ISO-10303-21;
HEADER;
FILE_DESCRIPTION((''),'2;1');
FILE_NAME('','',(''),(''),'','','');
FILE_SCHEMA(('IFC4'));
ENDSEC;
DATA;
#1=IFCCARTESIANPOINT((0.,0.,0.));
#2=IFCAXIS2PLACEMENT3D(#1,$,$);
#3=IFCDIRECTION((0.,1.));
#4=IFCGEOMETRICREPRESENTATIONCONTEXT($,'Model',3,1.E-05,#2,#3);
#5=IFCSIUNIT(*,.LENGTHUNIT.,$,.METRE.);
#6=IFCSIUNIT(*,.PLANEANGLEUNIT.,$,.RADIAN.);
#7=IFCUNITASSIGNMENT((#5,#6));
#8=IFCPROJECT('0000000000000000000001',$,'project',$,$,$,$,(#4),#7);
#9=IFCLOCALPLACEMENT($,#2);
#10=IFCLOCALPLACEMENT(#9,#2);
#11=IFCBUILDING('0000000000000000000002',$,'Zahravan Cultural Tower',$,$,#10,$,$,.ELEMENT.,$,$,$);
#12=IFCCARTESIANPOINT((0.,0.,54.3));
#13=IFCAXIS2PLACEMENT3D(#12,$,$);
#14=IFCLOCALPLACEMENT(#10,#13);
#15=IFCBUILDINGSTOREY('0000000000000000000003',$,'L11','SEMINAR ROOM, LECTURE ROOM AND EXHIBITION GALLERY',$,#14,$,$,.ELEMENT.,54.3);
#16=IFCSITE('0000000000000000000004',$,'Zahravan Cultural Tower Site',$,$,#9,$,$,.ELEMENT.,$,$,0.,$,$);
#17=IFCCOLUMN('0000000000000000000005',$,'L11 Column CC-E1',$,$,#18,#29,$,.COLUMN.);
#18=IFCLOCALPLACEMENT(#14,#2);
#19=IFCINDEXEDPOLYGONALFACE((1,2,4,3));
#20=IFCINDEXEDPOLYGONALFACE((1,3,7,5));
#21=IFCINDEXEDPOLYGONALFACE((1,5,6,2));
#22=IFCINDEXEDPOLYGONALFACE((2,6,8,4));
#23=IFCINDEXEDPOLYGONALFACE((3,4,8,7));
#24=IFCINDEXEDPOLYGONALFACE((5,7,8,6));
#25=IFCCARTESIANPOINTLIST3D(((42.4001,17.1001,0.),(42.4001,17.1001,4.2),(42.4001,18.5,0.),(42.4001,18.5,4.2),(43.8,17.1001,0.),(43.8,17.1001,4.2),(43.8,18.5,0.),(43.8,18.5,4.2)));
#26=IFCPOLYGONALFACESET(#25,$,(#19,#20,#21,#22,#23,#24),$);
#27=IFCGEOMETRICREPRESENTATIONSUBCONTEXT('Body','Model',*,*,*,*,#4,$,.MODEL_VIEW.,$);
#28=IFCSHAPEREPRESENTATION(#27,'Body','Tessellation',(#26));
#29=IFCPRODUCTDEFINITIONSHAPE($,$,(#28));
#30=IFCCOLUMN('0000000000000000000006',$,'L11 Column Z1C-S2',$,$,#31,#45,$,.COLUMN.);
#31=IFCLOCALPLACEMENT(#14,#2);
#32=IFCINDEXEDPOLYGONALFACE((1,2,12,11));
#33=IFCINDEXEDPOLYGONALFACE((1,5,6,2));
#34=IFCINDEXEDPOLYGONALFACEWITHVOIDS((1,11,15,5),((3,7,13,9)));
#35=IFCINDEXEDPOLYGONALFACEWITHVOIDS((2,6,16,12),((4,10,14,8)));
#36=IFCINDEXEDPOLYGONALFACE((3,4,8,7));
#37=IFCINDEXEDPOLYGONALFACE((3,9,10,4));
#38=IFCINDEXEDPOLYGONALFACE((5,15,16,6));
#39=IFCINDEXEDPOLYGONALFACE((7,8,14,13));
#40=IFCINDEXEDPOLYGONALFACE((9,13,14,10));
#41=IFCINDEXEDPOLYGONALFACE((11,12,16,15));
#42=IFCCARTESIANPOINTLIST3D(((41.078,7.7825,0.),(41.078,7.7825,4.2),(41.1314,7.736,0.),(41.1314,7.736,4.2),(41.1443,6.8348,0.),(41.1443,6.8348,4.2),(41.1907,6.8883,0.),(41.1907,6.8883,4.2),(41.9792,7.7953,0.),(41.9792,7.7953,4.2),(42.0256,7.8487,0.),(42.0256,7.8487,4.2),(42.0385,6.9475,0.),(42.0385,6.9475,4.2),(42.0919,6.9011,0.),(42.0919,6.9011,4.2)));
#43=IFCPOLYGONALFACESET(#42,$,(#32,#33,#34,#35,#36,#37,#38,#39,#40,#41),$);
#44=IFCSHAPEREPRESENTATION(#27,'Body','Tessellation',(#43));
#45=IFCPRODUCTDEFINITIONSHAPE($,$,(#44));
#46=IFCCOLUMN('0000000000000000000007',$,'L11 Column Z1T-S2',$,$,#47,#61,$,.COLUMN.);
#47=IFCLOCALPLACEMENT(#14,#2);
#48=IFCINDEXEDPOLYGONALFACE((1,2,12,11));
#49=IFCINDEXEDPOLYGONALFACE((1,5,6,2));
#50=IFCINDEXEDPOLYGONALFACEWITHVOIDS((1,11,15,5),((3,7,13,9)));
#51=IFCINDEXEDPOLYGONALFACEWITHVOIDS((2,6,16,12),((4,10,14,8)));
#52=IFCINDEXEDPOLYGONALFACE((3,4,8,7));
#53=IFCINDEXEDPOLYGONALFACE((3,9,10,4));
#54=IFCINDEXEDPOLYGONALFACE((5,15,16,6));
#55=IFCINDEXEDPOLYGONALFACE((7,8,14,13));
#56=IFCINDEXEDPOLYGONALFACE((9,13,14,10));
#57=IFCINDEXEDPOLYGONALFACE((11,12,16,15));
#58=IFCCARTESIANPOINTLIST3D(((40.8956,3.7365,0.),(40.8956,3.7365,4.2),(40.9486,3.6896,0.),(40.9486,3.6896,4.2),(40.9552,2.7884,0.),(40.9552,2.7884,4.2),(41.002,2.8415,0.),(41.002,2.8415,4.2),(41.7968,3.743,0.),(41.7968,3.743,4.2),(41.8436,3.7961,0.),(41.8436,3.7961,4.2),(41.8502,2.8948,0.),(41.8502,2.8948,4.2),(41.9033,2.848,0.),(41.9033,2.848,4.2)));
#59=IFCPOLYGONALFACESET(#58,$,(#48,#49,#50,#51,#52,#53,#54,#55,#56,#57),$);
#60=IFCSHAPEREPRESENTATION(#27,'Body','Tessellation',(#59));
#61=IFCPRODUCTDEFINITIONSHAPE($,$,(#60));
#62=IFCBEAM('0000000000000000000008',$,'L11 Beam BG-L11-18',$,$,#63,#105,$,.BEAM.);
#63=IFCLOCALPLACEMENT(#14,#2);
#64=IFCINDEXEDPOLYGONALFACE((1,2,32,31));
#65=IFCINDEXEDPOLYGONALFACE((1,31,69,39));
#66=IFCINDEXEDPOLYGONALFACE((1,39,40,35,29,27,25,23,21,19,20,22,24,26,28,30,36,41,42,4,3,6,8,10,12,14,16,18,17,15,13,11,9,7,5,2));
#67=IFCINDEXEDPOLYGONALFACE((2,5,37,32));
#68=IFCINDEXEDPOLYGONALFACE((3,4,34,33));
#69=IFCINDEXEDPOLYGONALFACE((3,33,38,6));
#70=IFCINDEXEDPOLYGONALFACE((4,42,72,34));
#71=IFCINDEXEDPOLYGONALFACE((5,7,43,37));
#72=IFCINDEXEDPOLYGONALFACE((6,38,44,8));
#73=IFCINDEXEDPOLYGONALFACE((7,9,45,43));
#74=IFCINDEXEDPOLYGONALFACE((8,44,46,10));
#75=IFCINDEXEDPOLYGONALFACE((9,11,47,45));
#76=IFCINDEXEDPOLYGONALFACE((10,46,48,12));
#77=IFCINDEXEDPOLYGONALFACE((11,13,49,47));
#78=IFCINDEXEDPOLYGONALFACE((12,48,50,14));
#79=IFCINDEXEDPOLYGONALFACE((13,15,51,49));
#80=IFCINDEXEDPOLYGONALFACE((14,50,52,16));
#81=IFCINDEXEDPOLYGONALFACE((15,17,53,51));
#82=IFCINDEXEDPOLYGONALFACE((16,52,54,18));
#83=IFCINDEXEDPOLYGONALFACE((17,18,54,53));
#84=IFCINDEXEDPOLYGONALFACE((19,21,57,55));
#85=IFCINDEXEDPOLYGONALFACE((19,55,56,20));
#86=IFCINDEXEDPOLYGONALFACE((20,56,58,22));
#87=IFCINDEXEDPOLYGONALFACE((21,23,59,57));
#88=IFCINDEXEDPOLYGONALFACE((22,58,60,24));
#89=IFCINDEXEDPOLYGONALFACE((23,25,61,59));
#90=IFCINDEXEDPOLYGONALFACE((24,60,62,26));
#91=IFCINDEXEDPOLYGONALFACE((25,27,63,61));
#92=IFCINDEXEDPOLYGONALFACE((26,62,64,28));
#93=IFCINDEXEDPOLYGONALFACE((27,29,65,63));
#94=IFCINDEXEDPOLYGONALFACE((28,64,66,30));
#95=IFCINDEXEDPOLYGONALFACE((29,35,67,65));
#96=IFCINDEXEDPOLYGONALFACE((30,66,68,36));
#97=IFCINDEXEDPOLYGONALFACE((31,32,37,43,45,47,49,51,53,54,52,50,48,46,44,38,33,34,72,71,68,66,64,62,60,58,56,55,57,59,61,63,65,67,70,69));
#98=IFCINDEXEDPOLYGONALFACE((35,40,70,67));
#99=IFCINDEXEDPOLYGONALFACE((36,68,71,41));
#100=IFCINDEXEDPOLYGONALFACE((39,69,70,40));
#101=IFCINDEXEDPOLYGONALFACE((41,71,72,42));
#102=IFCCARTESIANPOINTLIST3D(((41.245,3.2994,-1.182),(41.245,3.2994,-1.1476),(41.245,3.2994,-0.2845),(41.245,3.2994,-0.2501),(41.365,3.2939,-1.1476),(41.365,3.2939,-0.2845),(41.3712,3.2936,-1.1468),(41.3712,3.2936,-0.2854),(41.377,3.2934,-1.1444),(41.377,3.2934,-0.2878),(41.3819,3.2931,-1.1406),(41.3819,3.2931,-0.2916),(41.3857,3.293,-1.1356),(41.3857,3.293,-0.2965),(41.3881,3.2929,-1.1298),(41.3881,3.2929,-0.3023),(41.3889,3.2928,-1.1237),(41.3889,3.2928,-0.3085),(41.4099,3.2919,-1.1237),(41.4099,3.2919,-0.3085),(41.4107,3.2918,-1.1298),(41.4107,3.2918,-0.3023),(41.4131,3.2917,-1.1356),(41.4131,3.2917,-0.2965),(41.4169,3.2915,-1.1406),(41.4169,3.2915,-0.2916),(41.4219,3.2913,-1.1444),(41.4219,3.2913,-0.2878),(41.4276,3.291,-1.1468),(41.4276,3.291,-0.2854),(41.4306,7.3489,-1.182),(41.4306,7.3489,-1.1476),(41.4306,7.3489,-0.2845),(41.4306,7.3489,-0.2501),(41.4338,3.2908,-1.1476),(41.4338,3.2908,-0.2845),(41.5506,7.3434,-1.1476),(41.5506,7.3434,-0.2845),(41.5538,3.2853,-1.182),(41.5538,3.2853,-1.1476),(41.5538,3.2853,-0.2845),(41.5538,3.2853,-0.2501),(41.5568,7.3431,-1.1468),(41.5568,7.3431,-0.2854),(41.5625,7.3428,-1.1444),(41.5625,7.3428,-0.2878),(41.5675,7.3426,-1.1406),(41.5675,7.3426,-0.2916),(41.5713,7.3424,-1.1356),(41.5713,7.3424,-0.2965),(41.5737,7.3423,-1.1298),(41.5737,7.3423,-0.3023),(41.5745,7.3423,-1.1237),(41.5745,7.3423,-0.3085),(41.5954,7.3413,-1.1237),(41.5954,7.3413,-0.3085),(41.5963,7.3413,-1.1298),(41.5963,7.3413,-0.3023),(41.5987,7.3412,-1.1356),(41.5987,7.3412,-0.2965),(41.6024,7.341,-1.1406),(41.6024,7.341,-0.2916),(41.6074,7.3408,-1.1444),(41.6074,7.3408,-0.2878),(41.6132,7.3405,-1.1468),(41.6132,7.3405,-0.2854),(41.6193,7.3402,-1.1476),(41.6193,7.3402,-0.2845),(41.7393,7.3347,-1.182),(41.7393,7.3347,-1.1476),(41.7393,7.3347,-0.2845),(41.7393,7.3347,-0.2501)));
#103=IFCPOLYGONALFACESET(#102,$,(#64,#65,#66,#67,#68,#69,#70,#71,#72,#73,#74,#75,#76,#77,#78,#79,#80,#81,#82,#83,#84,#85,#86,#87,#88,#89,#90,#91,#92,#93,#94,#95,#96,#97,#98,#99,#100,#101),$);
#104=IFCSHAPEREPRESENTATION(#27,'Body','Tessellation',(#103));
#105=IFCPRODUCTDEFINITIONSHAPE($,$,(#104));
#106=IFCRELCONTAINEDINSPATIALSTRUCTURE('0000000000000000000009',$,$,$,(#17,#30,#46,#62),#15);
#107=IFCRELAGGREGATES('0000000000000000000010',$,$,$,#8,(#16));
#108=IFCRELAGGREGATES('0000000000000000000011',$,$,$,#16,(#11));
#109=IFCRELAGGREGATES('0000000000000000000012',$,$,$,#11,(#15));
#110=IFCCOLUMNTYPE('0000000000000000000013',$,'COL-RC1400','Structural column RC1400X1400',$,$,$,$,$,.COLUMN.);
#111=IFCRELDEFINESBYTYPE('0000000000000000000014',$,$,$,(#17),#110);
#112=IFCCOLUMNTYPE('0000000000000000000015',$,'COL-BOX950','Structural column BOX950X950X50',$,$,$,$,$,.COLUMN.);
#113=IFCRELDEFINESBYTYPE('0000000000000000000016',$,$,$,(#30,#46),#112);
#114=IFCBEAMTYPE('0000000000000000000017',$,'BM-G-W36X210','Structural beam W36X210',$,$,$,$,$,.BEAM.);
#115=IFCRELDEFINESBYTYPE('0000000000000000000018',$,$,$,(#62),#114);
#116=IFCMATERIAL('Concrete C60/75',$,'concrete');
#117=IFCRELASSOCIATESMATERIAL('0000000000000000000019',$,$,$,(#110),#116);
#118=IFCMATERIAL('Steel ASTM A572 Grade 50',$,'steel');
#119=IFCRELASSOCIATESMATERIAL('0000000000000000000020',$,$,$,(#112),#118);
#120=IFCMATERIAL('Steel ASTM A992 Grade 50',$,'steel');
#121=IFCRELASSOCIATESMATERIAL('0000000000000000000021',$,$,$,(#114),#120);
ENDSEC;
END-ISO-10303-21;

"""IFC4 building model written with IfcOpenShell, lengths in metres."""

from ifc_helpers import new_model, si_unit, direction, frame, origin, origin_2d, place, context, subcontext, project, spatial, rectangle, hollow_rectangle, i_section, extrude, source, transform, mapped, material, material_profile, profile_set, type_object, element, save


model = new_model("IFC4")

# Units and contexts
model_context = context("Model", 3, precision=1e-05, world=origin(), true_north=direction((0.0, 1.0)))
body_context = subcontext(model_context, "Body", "Model", "MODEL_VIEW")
ifc_project = project(units=[si_unit("LENGTHUNIT", "METRE"), si_unit("PLANEANGLEUNIT", "RADIAN")], contexts=[model_context])

# Site, building, storey
site_placement = place(None, origin())
site = spatial("IfcSite", under=ifc_project, at=site_placement, Name="Zahravan Cultural Tower Site", CompositionType="ELEMENT", RefElevation=0.0)
building_placement = place(site_placement, origin())
building = spatial("IfcBuilding", under=site, at=building_placement, Name="Zahravan Cultural Tower", CompositionType="ELEMENT")
storey_placement = place(building_placement, frame((0.0, 0.0, 54.3)))
storey = spatial("IfcBuildingStorey", under=building, at=storey_placement, Name="L11", Description="SEMINAR ROOM, LECTURE ROOM AND EXHIBITION GALLERY", CompositionType="ELEMENT", Elevation=54.3)

# Columns
ifc_material_1 = material(Name="Concrete C60/75", Category="concrete")
ifc_material_profile_1 = material_profile(ifc_material_1, rectangle(XDim=1.3999, YDim=1.3999, at=origin_2d()), Name="RC1400X1400")
ifc_profile_set_1 = profile_set([ifc_material_profile_1], Name="Concrete C60/75")
column_type_1 = type_object("IfcColumnType", Name="COL-RC1400", Description="Structural column RC1400X1400", PredefinedType="COLUMN", material=ifc_profile_set_1)
shared_shape_1 = source(origin(), body_context, "Body", "SweptSolid", [
    extrude(rectangle(XDim=1.3999, YDim=1.3999, at=origin_2d()), origin(), (0.0, 0.0, 1.0), 4.2),
])
column_placement = place(storey_placement, frame((43.1001, 17.8, 0.0), z_axis=(0.0, 0.0, 1.0), x_axis=(1.0, 0.0, 0.0)))
element("IfcColumn", 1, at=column_placement, inside=storey, type_object=column_type_1, Name="L11 Column CC-E1", PredefinedType="COLUMN", context=body_context, shape_type="MappedRepresentation", body=[
    mapped(shared_shape_1, transform((0.0, 0.0, 0.0), x_axis=(1.0, 0.0, 0.0), y_axis=(0.0, 1.0, 0.0), z_axis=(0.0, 0.0, 1.0), scale=1.0)),
])
ifc_material_2 = material(Name="Steel ASTM A572 Grade 50", Category="steel")
ifc_material_profile_2 = material_profile(ifc_material_2, hollow_rectangle(XDim=0.95, YDim=0.95, WallThickness=0.05, at=origin_2d()), Name="BOX950X950X50")
ifc_profile_set_2 = profile_set([ifc_material_profile_2], Name="Steel ASTM A572 Grade 50")
column_type_2 = type_object("IfcColumnType", Name="COL-BOX950", Description="Structural column BOX950X950X50", PredefinedType="COLUMN", material=ifc_profile_set_2)
shared_shape_2 = source(origin(), body_context, "Body", "SweptSolid", [
    extrude(hollow_rectangle(XDim=0.95, YDim=0.95, WallThickness=0.05, at=origin_2d()), origin(), (0.0, 0.0, 1.0), 4.2),
])
for number, where, z_axis, x_axis, name in (
    (2, (41.585, 7.3418, 0.0), (0.0, 0.0, 1.0), (-0.069756, 0.997564, 0.0), "L11 Column Z1C-S2"),
    (3, (41.3994, 3.2922, 0.0), (0.0, 0.0, 1.0), (-0.062791, 0.998027, 0.0), "L11 Column Z1T-S2"),
):
    element("IfcColumn", number, at=place(storey_placement, frame(where, z_axis=z_axis, x_axis=x_axis)), inside=storey, type_object=column_type_2, Name=name, PredefinedType="COLUMN", context=body_context, shape_type="MappedRepresentation", body=[
        mapped(shared_shape_2, transform((0.0, 0.0, 0.0), x_axis=(1.0, 0.0, 0.0), y_axis=(0.0, 1.0, 0.0), z_axis=(0.0, 0.0, 1.0), scale=1.0)),
    ])

# Beam
ifc_material_3 = material(Name="Steel ASTM A992 Grade 50", Category="steel")
ifc_material_profile_3 = material_profile(ifc_material_3, i_section(OverallWidth=0.3091, OverallDepth=0.9319, WebThickness=0.021, FlangeThickness=0.0344, FilletRadius=0.0239, at=origin_2d()), Name="W36X210")
ifc_profile_set_3 = profile_set([ifc_material_profile_3], Name="Steel ASTM A992 Grade 50")
beam_type = type_object("IfcBeamType", Name="BM-G-W36X210", Description="Structural beam W36X210", PredefinedType="BEAM", material=ifc_profile_set_3)
shared_shape_3 = source(origin(), body_context, "Body", "SweptSolid", [
    extrude(i_section(OverallWidth=0.3091, OverallDepth=0.9319, WebThickness=0.021, FlangeThickness=0.0344, FilletRadius=0.0239, at=origin_2d()), origin(), (0.0, 0.0, 1.0), 4.0537),
])
beam_placement = place(storey_placement, frame((41.585, 7.3418, -0.7161), z_axis=(-0.045771, -0.998952, 0.0), x_axis=(0.998952, -0.045771, 0.0)))
element("IfcBeam", 4, at=beam_placement, inside=storey, type_object=beam_type, Name="L11 Beam BG-L11-18", PredefinedType="BEAM", context=body_context, shape_type="MappedRepresentation", body=[
    mapped(shared_shape_3, transform((0.0, 0.0, 0.0), x_axis=(1.0, 0.0, 0.0), y_axis=(0.0, 1.0, 0.0), z_axis=(0.0, 0.0, 1.0), scale=1.0)),
])

save(model, "model.ifc")
